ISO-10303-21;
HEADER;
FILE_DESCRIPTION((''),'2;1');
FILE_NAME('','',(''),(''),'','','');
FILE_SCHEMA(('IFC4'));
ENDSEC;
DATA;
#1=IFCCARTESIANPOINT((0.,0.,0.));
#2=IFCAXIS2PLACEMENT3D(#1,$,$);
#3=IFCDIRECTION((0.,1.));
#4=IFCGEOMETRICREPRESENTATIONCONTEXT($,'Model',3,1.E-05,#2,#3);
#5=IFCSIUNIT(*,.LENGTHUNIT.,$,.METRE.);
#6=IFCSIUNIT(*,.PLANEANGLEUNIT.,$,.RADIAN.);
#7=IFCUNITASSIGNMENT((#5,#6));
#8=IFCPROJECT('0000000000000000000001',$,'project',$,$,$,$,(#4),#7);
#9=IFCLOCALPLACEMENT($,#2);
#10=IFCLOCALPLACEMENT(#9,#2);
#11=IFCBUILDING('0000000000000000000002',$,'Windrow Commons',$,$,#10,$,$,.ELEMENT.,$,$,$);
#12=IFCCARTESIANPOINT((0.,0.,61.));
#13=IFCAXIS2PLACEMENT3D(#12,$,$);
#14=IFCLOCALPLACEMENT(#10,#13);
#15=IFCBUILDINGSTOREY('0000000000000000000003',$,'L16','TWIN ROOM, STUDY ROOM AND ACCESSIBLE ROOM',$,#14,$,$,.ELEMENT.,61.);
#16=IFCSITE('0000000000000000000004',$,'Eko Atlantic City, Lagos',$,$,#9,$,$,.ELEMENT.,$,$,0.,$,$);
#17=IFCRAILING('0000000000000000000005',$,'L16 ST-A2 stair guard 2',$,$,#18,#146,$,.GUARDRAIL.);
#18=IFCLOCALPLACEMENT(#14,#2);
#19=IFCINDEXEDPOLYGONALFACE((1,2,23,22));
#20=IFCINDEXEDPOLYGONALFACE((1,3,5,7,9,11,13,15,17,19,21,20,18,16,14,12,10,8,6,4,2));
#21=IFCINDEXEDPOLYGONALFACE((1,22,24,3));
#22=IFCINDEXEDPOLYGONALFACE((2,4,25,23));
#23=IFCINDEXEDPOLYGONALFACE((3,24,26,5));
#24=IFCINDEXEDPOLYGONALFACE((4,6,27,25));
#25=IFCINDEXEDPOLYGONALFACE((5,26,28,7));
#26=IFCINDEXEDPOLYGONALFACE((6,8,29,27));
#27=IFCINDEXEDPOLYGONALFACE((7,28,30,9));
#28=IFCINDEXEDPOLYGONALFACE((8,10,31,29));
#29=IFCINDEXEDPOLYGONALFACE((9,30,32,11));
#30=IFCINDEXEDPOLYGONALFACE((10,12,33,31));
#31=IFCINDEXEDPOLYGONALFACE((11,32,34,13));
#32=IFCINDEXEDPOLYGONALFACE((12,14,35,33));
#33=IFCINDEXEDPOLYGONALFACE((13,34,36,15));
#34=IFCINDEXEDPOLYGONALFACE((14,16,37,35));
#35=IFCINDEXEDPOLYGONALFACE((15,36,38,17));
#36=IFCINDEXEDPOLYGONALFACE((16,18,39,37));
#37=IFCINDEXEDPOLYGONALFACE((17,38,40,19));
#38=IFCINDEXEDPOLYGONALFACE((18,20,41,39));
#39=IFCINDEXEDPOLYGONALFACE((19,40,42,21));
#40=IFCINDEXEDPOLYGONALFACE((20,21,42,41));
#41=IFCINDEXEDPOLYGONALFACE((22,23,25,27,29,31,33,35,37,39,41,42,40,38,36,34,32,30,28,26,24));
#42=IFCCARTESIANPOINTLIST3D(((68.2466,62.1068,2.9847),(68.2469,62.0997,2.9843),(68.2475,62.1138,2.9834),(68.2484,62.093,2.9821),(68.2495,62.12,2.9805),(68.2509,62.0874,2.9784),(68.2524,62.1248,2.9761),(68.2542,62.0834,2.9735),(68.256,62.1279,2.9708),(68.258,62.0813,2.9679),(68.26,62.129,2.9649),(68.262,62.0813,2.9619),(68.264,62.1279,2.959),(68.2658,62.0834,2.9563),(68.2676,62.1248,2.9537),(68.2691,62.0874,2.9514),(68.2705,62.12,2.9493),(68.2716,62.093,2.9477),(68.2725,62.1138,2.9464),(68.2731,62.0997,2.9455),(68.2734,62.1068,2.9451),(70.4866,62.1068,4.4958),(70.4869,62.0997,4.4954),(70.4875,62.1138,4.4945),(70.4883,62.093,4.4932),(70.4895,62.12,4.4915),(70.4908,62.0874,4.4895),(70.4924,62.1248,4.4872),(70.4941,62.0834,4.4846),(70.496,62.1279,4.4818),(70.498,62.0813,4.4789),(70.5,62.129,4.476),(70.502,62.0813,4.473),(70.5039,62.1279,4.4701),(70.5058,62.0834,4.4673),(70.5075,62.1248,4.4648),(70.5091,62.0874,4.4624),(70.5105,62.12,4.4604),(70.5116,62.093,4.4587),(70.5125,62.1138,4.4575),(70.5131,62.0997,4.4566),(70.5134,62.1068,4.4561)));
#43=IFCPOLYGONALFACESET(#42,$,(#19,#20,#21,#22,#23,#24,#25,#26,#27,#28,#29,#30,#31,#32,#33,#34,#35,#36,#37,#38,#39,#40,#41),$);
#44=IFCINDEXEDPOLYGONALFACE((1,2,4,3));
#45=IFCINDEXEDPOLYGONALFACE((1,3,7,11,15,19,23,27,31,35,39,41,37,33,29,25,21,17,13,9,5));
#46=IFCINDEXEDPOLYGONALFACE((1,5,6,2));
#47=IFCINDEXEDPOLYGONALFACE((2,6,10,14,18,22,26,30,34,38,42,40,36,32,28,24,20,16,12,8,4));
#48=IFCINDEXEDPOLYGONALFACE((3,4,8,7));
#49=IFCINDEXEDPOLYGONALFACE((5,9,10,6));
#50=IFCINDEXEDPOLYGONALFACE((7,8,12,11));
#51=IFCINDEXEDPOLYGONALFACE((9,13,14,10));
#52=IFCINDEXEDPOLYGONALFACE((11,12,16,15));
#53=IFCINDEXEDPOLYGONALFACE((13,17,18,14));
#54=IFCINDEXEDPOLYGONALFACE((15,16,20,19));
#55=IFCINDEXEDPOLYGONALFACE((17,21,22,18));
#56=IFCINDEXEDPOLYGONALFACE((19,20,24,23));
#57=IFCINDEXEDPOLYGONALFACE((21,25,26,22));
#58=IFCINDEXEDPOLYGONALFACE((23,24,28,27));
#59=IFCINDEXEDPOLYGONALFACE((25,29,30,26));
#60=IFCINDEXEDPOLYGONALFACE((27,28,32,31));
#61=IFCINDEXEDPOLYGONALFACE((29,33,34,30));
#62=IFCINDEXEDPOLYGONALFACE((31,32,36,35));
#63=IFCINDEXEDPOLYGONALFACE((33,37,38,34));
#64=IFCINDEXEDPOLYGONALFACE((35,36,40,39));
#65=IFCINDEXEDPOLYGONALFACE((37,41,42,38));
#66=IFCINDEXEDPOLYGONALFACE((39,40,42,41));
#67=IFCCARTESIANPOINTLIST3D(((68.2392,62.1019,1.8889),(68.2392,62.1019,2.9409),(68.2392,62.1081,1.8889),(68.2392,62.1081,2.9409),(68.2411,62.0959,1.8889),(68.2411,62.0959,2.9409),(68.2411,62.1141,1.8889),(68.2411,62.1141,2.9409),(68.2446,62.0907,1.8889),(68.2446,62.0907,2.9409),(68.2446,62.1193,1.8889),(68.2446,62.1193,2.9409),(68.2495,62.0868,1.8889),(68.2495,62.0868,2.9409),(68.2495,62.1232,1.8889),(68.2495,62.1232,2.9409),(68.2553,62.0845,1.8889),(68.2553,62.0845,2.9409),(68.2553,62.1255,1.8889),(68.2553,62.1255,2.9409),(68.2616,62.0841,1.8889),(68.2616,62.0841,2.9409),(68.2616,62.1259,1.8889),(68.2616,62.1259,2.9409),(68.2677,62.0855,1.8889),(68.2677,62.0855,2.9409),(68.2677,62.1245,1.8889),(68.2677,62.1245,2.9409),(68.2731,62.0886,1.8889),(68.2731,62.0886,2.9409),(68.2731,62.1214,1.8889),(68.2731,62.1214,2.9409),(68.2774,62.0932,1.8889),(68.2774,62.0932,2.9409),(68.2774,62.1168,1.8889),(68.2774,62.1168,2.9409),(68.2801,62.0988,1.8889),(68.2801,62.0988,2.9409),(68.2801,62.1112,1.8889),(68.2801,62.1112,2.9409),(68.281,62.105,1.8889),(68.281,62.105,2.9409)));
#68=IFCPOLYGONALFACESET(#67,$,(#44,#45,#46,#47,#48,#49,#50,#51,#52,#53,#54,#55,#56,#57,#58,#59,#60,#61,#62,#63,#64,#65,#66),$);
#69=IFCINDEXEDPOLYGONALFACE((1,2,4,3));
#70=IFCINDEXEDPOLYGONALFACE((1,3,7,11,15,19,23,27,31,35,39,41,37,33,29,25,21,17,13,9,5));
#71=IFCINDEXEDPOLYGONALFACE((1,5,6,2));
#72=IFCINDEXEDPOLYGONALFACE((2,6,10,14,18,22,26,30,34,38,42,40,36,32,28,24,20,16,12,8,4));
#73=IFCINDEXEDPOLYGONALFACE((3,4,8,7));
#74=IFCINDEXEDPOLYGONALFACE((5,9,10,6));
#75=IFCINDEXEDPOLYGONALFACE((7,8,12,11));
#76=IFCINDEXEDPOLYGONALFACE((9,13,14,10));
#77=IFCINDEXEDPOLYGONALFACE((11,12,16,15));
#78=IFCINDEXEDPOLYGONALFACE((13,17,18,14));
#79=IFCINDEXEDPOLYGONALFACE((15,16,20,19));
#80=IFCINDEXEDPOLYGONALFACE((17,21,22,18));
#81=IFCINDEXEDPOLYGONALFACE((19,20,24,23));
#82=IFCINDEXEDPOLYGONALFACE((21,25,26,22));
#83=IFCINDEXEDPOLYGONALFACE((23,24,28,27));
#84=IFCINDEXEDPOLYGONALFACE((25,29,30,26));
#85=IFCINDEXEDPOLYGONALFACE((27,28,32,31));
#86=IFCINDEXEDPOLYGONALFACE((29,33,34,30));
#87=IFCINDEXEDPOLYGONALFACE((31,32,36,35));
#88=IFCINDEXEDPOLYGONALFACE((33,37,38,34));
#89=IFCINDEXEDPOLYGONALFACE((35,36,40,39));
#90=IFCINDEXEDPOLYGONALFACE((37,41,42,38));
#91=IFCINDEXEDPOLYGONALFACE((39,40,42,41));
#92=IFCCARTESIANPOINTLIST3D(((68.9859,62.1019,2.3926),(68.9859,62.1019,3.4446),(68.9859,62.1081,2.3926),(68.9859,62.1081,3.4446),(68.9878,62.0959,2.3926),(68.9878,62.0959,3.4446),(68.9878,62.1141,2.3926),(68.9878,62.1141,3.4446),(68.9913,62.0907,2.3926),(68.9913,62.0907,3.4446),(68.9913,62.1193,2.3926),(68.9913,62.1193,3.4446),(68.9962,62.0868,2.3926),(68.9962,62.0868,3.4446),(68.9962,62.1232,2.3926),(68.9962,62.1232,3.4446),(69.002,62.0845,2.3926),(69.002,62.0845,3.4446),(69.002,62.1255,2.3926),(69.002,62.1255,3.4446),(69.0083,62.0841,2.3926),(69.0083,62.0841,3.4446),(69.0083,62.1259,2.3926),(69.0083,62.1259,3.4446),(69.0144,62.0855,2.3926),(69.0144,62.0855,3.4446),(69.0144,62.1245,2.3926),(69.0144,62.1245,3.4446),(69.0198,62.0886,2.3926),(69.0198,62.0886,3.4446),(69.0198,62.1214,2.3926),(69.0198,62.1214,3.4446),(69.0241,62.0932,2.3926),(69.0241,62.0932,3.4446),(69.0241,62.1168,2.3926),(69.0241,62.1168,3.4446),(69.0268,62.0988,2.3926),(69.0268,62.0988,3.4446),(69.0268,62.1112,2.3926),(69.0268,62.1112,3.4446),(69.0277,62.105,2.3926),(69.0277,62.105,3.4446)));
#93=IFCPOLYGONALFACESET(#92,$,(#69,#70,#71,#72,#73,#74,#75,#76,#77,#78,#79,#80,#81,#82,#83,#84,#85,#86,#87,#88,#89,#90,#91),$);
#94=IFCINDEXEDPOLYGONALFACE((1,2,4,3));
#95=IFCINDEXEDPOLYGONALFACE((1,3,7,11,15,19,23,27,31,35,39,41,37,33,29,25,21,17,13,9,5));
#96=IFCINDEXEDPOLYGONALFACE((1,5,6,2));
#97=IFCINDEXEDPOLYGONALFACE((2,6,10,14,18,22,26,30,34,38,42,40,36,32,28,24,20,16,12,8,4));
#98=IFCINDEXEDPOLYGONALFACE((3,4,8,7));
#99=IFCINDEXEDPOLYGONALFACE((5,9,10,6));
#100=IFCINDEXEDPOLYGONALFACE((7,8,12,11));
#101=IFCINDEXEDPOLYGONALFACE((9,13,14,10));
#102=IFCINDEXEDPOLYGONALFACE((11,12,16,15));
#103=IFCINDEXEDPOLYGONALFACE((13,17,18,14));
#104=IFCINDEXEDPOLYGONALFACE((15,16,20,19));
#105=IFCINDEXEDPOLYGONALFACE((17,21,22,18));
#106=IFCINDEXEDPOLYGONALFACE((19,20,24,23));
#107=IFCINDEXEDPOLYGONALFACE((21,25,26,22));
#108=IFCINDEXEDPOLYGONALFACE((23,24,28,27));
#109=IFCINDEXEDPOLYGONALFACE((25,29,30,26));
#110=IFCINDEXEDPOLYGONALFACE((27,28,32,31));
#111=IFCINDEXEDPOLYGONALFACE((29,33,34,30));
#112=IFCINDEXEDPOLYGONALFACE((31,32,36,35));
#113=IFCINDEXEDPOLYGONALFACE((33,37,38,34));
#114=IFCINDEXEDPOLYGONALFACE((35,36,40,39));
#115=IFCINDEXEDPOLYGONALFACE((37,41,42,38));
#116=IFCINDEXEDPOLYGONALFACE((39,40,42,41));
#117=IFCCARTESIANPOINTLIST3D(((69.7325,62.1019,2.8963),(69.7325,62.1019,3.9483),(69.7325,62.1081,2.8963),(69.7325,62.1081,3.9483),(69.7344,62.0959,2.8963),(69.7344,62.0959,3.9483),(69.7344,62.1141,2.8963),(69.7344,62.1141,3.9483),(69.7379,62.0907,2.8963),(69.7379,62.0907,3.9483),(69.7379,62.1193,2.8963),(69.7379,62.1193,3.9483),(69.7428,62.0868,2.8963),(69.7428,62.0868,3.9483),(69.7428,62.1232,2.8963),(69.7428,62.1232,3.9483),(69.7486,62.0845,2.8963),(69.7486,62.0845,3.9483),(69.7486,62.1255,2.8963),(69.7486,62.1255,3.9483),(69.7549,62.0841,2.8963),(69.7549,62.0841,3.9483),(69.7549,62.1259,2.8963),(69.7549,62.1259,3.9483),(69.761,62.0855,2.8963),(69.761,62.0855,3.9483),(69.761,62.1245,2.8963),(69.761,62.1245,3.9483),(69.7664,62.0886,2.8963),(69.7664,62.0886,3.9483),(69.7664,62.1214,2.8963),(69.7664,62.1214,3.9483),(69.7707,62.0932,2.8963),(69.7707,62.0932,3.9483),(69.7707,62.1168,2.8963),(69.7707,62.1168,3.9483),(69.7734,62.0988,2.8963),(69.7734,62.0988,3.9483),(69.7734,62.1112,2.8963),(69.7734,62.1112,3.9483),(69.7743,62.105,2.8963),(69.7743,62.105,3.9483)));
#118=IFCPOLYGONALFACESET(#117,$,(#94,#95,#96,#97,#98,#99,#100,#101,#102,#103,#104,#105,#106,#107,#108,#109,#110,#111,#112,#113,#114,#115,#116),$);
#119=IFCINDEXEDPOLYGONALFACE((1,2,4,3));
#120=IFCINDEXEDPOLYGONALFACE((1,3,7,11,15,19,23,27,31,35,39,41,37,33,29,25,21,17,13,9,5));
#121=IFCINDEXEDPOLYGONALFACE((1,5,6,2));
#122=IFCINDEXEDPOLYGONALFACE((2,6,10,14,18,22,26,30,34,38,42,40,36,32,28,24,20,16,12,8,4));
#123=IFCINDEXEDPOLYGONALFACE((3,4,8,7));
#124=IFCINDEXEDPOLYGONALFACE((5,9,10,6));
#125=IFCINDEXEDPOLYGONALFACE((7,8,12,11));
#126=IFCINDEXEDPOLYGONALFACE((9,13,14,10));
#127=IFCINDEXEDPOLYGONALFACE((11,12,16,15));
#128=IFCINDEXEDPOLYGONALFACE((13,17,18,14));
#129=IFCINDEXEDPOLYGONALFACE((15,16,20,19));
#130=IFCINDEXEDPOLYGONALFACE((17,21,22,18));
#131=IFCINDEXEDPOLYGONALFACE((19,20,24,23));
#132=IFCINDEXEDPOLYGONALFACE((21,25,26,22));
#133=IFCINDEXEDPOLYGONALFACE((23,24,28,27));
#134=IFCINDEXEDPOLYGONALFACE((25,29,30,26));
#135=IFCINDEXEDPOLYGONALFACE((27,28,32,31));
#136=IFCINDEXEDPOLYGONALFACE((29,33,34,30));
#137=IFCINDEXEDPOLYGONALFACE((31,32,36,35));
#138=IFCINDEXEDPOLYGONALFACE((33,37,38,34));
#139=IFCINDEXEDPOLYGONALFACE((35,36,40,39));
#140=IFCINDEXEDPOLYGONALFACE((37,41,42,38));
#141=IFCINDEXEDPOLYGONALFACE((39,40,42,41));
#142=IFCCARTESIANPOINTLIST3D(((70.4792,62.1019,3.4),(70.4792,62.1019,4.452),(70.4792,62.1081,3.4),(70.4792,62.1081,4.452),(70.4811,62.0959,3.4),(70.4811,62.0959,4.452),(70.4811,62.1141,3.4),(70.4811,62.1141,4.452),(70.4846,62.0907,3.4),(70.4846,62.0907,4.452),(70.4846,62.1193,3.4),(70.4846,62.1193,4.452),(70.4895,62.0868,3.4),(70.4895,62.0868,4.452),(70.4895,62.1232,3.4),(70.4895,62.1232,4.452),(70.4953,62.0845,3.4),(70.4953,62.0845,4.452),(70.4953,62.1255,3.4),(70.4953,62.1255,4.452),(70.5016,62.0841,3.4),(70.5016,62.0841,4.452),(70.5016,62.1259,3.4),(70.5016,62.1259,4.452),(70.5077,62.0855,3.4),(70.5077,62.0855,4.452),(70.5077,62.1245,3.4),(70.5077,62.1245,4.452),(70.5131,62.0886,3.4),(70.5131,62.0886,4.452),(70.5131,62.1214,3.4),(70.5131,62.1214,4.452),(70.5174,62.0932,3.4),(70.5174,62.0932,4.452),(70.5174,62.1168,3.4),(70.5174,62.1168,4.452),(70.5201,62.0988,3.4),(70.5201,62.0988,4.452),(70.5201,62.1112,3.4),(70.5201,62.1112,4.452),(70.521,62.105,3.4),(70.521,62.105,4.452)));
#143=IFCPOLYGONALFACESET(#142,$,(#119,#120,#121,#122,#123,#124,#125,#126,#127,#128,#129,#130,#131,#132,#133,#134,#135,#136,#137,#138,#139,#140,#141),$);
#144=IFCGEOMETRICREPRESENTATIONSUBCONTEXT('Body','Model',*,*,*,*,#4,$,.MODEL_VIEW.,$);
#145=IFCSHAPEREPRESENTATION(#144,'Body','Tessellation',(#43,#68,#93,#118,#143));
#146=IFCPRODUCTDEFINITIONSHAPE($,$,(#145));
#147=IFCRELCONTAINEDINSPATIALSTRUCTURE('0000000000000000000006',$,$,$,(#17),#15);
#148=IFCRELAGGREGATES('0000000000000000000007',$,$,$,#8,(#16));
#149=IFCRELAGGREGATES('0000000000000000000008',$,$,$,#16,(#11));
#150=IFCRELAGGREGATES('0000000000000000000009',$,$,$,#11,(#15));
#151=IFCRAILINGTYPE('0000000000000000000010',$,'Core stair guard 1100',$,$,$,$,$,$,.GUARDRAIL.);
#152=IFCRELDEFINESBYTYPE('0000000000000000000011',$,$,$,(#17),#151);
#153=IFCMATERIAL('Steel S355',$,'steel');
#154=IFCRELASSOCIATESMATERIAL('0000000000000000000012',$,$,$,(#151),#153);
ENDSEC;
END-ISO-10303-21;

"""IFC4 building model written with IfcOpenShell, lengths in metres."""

from ifc_helpers import new_model, si_unit, direction, frame, origin, origin_2d, place, context, subcontext, project, spatial, circle, extrude, material, type_object, element, save


model = new_model("IFC4")

# Units and contexts
model_context = context("Model", 3, precision=1e-05, world=origin(), true_north=direction((0.0, 1.0)))
body_context = subcontext(model_context, "Body", "Model", "MODEL_VIEW")
ifc_project = project(units=[si_unit("LENGTHUNIT", "METRE"), si_unit("PLANEANGLEUNIT", "RADIAN")], contexts=[model_context])

# Site, building, storey
site_placement = place(None, origin())
site = spatial("IfcSite", under=ifc_project, at=site_placement, Name="Eko Atlantic City, Lagos", CompositionType="ELEMENT", RefElevation=0.0)
building_placement = place(site_placement, origin())
building = spatial("IfcBuilding", under=site, at=building_placement, Name="Windrow Commons", CompositionType="ELEMENT")
storey_placement = place(building_placement, frame((0.0, 0.0, 61.0)))
storey = spatial("IfcBuildingStorey", under=building, at=storey_placement, Name="L16", Description="TWIN ROOM, STUDY ROOM AND ACCESSIBLE ROOM", CompositionType="ELEMENT", Elevation=61.0)

# Railing
ifc_material_1 = material(Name="Steel S355", Category="steel")
railing_type_1 = type_object("IfcRailingType", Name="Core stair guard 1100", PredefinedType="GUARDRAIL", material=ifc_material_1)
railing_1_placement = place(storey_placement, frame((68.26, 62.105, 1.8889)))
element("IfcRailing", 1, at=railing_1_placement, inside=storey, type_object=railing_type_1, Name="L16 ST-A2 stair guard 2", PredefinedType="GUARDRAIL", context=body_context, shape_type="SweptSolid", body=[
    extrude(circle(Radius=0.024, at=origin_2d()), frame((0.0, 0.0, 1.076), z_axis=(0.829003, 0.0, 0.559244), x_axis=(0.0, 1.0, 0.0)), (0.0, 0.0, 1.0), 2.702),
    extrude(circle(Radius=0.021, at=origin_2d()), origin(), (0.0, 0.0, 1.0), 1.052),
    extrude(circle(Radius=0.021, at=origin_2d()), frame((0.7467, 0.0, 0.5037)), (0.0, 0.0, 1.0), 1.052),
    extrude(circle(Radius=0.021, at=origin_2d()), frame((1.4933, 0.0, 1.0074)), (0.0, 0.0, 1.0), 1.052),
    extrude(circle(Radius=0.021, at=origin_2d()), frame((2.24, 0.0, 1.5111)), (0.0, 0.0, 1.0), 1.052),
])

save(model, "model.ifc")
